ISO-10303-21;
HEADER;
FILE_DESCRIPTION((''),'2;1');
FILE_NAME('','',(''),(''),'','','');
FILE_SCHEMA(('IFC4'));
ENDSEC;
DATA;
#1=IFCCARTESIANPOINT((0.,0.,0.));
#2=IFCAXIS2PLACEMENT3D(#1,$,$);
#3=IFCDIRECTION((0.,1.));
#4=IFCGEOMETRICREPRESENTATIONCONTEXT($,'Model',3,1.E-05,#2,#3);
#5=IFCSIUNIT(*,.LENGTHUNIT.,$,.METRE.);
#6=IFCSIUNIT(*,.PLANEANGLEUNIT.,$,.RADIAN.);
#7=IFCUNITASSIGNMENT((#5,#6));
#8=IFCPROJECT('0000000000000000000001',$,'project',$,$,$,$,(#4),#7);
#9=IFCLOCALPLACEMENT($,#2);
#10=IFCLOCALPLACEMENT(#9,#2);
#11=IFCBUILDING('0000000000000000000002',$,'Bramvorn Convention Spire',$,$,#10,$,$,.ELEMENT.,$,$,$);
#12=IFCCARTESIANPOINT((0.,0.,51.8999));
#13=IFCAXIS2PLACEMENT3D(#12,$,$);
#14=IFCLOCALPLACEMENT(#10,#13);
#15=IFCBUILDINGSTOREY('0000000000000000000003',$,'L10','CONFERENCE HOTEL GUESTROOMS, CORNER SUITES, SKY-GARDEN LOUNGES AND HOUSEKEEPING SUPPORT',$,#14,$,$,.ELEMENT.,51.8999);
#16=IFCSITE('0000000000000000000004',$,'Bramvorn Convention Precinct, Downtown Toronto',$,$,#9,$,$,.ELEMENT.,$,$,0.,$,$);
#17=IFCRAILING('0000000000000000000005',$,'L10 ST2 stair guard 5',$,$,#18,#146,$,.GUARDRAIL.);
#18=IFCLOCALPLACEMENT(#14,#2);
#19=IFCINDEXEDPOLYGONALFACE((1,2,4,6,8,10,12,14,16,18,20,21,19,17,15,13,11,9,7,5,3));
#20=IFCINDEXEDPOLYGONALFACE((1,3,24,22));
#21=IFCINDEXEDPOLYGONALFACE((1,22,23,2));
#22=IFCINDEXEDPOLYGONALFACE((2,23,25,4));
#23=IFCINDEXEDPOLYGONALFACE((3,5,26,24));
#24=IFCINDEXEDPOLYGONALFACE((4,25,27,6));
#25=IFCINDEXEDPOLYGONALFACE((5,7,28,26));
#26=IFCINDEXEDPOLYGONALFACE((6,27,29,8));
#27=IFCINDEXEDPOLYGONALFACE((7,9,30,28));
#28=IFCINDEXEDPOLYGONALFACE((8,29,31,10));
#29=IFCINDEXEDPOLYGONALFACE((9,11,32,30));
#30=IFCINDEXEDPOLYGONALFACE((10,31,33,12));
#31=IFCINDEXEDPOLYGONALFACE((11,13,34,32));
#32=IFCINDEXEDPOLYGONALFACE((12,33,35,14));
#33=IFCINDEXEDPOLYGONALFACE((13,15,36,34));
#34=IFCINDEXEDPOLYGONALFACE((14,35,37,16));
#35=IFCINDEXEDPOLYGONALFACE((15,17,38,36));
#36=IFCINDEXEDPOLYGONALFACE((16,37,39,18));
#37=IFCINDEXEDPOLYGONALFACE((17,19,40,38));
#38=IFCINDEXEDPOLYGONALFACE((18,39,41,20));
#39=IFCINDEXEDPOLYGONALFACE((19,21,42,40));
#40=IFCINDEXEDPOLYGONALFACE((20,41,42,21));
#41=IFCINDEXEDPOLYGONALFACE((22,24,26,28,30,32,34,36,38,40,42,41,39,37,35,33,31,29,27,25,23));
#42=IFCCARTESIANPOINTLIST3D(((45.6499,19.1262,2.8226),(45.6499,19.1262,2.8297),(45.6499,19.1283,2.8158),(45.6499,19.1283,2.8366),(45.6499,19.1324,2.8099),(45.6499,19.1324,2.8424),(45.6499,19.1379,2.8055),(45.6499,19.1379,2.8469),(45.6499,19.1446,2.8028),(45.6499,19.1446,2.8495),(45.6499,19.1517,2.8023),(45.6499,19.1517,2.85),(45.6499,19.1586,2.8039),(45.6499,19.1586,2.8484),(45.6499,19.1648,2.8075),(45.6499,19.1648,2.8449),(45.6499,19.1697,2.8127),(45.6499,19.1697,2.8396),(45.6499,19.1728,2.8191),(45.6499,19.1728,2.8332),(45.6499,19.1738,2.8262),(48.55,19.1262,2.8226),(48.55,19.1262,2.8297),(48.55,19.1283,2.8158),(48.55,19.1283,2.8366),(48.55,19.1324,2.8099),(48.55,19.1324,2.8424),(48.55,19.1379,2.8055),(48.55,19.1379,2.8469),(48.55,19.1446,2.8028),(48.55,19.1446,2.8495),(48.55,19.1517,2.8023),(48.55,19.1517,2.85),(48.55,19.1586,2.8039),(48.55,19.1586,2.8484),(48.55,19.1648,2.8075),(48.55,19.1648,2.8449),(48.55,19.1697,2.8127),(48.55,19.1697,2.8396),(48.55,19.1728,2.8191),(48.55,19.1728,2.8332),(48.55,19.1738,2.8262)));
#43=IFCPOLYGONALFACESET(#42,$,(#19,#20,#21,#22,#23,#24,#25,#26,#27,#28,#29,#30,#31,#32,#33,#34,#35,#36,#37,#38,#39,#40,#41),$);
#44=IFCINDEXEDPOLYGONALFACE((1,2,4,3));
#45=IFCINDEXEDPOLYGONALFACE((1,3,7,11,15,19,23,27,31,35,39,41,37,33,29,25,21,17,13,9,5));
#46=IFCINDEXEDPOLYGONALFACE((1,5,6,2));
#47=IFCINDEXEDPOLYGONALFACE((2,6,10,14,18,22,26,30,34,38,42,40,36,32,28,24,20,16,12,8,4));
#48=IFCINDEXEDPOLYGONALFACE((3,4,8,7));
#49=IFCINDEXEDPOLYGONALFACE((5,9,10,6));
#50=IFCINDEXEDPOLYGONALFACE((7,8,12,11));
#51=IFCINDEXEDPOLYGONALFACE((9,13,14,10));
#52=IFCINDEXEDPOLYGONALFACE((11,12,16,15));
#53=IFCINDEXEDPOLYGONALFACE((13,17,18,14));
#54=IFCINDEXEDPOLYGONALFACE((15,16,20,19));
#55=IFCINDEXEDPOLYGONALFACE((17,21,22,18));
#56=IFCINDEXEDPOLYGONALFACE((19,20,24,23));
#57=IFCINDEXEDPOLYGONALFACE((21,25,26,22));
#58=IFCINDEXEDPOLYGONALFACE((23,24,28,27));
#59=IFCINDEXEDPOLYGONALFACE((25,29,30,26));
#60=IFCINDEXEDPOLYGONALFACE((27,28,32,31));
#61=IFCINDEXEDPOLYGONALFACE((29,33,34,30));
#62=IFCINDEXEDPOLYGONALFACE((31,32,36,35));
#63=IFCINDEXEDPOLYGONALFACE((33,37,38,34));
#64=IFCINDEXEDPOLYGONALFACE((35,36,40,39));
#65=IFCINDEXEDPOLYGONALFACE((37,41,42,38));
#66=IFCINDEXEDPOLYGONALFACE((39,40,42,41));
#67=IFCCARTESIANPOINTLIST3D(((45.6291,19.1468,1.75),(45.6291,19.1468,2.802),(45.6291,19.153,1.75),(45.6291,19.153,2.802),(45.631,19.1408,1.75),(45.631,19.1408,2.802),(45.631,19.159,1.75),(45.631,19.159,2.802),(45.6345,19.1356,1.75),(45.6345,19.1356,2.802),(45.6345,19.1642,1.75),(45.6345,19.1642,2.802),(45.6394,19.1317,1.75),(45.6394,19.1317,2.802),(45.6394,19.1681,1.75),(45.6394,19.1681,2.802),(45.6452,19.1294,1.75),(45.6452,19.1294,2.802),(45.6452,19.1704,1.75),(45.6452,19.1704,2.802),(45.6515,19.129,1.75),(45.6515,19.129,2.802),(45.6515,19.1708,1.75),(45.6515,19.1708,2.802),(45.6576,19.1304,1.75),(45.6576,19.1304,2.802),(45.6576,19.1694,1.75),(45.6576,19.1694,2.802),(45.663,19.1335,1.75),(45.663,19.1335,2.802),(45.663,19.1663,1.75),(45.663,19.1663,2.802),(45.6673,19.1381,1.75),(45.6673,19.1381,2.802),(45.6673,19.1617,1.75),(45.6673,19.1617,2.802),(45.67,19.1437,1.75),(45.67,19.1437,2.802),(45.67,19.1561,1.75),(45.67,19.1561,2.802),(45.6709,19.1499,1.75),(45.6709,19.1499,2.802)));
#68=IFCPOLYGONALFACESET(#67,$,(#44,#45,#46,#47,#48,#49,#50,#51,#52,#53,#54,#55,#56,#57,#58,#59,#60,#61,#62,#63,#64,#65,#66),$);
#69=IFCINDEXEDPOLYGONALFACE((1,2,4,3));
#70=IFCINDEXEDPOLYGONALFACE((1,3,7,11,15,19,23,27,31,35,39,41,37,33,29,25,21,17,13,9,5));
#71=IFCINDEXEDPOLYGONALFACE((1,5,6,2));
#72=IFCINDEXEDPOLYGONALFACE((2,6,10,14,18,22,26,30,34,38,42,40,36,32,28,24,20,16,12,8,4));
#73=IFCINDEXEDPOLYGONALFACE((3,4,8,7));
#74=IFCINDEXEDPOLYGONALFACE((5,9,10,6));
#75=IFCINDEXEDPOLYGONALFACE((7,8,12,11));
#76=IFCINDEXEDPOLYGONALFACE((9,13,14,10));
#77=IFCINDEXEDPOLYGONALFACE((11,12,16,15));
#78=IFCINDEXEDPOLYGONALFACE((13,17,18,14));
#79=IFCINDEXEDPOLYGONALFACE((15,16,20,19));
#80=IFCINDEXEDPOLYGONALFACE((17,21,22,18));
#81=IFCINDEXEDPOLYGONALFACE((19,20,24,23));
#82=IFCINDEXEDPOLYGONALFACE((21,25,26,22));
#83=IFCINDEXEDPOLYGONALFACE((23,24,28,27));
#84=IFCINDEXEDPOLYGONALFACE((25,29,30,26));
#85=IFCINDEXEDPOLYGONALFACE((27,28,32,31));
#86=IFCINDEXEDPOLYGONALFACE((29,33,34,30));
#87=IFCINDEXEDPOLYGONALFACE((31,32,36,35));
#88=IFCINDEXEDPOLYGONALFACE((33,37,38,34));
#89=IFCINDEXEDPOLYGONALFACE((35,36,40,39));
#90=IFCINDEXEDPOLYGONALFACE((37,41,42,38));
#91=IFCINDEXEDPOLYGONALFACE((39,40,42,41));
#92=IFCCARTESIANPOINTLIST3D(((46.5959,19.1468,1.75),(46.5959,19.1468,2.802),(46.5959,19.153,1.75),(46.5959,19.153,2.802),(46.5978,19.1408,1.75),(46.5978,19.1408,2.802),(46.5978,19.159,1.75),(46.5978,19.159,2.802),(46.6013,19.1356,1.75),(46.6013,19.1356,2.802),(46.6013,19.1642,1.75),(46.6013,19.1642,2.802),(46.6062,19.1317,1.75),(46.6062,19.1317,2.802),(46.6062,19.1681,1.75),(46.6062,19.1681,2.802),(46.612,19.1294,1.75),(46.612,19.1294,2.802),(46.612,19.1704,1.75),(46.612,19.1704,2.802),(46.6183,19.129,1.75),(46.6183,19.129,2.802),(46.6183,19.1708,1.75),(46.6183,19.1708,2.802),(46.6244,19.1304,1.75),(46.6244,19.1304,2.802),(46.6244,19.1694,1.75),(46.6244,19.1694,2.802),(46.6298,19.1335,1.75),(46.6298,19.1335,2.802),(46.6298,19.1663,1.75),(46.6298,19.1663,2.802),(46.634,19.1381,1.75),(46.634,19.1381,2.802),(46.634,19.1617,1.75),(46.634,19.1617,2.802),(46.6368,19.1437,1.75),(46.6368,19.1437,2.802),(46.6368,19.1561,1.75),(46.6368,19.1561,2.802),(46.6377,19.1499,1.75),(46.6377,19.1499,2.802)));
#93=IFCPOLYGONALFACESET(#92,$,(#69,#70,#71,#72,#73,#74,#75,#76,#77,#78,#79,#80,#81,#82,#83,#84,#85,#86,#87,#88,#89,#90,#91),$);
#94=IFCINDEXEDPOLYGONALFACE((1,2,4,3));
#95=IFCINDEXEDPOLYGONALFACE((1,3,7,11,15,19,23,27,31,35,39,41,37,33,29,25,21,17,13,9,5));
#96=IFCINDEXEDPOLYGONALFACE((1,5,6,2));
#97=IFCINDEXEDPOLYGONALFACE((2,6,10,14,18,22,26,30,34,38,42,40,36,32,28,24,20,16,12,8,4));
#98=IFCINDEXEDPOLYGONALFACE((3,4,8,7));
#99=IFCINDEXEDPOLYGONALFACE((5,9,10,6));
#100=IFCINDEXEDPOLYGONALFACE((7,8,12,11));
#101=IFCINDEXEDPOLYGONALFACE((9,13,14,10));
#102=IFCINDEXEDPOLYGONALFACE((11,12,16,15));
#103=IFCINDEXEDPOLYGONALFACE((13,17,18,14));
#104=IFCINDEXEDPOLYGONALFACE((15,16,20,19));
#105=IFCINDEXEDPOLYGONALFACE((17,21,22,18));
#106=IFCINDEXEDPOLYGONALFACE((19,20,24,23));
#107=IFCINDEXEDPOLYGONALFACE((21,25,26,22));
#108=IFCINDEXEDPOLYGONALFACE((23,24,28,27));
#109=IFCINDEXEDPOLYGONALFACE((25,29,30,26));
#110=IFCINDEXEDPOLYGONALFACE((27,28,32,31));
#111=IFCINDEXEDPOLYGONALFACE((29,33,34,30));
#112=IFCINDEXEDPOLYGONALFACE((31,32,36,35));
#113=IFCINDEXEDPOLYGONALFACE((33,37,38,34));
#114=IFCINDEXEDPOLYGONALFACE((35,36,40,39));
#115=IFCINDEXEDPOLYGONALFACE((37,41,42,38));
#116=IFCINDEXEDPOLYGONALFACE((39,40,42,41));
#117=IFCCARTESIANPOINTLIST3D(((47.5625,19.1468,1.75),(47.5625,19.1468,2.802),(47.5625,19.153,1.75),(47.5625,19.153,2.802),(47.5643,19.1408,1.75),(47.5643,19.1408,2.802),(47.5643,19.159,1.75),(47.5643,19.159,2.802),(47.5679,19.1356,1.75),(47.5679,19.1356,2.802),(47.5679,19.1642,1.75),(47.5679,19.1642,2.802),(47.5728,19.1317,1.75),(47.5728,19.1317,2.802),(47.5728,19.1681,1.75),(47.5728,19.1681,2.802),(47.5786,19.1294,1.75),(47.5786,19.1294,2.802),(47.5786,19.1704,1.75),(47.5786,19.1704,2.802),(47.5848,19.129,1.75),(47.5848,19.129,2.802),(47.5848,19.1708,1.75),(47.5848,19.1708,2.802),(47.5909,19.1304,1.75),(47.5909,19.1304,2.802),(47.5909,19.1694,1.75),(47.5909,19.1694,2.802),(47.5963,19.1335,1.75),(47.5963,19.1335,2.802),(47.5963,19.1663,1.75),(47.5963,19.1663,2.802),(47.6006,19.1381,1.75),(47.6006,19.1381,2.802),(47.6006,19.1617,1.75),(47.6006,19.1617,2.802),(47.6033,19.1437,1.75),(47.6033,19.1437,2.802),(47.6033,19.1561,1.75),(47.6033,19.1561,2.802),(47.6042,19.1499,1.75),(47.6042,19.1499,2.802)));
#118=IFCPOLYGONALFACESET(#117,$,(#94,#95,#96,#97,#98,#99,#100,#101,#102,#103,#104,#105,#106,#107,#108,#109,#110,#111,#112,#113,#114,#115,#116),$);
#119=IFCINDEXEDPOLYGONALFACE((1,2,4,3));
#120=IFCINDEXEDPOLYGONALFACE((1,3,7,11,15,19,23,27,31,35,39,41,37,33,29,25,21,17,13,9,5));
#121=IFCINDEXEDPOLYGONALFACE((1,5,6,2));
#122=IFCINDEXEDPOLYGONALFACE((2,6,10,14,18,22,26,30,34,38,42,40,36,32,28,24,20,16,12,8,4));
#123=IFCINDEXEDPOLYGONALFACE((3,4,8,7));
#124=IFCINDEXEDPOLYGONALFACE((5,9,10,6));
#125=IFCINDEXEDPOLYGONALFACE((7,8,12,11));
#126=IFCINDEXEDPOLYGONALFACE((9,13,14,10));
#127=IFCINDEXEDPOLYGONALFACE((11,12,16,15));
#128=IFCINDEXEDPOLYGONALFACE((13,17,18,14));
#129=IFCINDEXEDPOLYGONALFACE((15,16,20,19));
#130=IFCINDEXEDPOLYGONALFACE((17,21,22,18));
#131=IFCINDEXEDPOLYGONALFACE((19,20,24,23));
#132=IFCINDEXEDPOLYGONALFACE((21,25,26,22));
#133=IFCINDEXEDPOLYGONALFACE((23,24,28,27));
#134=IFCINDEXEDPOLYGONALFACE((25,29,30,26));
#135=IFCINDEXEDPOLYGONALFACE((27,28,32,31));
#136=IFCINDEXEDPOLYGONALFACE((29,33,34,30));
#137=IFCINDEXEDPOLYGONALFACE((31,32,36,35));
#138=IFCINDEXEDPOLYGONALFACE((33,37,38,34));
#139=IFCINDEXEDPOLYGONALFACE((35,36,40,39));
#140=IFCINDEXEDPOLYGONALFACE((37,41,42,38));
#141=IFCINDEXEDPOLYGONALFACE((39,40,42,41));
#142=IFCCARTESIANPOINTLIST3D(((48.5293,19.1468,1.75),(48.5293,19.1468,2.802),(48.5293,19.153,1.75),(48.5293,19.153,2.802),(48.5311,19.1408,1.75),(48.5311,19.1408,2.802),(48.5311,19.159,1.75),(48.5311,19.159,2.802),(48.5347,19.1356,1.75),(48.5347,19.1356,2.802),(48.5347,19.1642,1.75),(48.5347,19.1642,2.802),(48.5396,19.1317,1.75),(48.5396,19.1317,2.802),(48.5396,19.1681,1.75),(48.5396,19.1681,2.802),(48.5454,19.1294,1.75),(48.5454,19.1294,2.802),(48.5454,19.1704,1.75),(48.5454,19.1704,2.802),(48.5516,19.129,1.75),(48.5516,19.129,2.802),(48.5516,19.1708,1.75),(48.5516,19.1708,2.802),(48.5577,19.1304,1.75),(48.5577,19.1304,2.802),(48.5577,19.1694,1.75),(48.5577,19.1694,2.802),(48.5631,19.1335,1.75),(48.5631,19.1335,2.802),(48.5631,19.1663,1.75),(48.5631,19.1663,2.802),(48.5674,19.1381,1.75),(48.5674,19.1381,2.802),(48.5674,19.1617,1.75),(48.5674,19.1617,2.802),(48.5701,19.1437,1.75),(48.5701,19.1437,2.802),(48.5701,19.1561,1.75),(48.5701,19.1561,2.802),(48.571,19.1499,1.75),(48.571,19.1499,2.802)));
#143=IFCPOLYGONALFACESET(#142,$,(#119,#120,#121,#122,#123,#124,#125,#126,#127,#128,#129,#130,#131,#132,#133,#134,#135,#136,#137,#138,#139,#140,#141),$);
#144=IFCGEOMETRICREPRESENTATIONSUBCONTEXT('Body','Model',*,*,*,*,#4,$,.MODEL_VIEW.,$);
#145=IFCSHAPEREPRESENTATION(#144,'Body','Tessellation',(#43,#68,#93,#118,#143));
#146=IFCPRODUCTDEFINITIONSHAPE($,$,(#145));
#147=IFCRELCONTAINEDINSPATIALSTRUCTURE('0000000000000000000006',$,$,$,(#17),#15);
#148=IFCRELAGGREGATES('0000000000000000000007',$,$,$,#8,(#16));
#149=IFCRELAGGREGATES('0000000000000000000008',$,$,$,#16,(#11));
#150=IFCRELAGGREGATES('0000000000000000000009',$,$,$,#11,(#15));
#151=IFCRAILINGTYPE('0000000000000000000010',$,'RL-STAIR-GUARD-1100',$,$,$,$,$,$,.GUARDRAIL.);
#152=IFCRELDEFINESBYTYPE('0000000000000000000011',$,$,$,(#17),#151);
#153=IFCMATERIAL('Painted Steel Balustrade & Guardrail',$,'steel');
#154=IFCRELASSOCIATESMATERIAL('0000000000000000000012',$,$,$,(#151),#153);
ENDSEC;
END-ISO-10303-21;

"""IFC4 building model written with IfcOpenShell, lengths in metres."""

from ifc_helpers import new_model, si_unit, direction, frame, origin, origin_2d, place, context, subcontext, project, spatial, circle, extrude, material, type_object, element, save


model = new_model("IFC4")

# Units and contexts
model_context = context("Model", 3, precision=1e-05, world=origin(), true_north=direction((0.0, 1.0)))
body_context = subcontext(model_context, "Body", "Model", "MODEL_VIEW")
ifc_project = project(units=[si_unit("LENGTHUNIT", "METRE"), si_unit("PLANEANGLEUNIT", "RADIAN")], contexts=[model_context])

# Site, building, storey
site_placement = place(None, origin())
site = spatial("IfcSite", under=ifc_project, at=site_placement, Name="Bramvorn Convention Precinct, Downtown Toronto", CompositionType="ELEMENT", RefElevation=0.0)
building_placement = place(site_placement, origin())
building = spatial("IfcBuilding", under=site, at=building_placement, Name="Bramvorn Convention Spire", CompositionType="ELEMENT")
storey_placement = place(building_placement, frame((0.0, 0.0, 51.8999)))
storey = spatial("IfcBuildingStorey", under=building, at=storey_placement, Name="L10", Description="CONFERENCE HOTEL GUESTROOMS, CORNER SUITES, SKY-GARDEN LOUNGES AND HOUSEKEEPING SUPPORT", CompositionType="ELEMENT", Elevation=51.8999)

# Railing
ifc_material_1 = material(Name="Painted Steel Balustrade & Guardrail", Category="steel")
railing_type = type_object("IfcRailingType", Name="RL-STAIR-GUARD-1100", PredefinedType="GUARDRAIL", material=ifc_material_1)
railing_1_placement = place(storey_placement, frame((45.6499, 19.1499, 1.75)))
element("IfcRailing", 1, at=railing_1_placement, inside=storey, type_object=railing_type, Name="L10 ST2 stair guard 5", PredefinedType="GUARDRAIL", context=body_context, shape_type="SweptSolid", body=[
    extrude(circle(Radius=0.0239, at=origin_2d()), frame((0.0, 0.0, 1.0762), z_axis=(1.0, 0.0, 0.0), x_axis=(0.0, 1.0, 0.0)), (0.0, 0.0, 1.0), 2.9001),
    extrude(circle(Radius=0.021, at=origin_2d()), origin(), (0.0, 0.0, 1.0), 1.052),
    extrude(circle(Radius=0.021, at=origin_2d()), frame((0.9668, 0.0, 0.0)), (0.0, 0.0, 1.0), 1.052),
    extrude(circle(Radius=0.021, at=origin_2d()), frame((1.9333, 0.0, 0.0)), (0.0, 0.0, 1.0), 1.052),
    extrude(circle(Radius=0.021, at=origin_2d()), frame((2.9001, 0.0, 0.0)), (0.0, 0.0, 1.0), 1.052),
])

save(model, "model.ifc")
